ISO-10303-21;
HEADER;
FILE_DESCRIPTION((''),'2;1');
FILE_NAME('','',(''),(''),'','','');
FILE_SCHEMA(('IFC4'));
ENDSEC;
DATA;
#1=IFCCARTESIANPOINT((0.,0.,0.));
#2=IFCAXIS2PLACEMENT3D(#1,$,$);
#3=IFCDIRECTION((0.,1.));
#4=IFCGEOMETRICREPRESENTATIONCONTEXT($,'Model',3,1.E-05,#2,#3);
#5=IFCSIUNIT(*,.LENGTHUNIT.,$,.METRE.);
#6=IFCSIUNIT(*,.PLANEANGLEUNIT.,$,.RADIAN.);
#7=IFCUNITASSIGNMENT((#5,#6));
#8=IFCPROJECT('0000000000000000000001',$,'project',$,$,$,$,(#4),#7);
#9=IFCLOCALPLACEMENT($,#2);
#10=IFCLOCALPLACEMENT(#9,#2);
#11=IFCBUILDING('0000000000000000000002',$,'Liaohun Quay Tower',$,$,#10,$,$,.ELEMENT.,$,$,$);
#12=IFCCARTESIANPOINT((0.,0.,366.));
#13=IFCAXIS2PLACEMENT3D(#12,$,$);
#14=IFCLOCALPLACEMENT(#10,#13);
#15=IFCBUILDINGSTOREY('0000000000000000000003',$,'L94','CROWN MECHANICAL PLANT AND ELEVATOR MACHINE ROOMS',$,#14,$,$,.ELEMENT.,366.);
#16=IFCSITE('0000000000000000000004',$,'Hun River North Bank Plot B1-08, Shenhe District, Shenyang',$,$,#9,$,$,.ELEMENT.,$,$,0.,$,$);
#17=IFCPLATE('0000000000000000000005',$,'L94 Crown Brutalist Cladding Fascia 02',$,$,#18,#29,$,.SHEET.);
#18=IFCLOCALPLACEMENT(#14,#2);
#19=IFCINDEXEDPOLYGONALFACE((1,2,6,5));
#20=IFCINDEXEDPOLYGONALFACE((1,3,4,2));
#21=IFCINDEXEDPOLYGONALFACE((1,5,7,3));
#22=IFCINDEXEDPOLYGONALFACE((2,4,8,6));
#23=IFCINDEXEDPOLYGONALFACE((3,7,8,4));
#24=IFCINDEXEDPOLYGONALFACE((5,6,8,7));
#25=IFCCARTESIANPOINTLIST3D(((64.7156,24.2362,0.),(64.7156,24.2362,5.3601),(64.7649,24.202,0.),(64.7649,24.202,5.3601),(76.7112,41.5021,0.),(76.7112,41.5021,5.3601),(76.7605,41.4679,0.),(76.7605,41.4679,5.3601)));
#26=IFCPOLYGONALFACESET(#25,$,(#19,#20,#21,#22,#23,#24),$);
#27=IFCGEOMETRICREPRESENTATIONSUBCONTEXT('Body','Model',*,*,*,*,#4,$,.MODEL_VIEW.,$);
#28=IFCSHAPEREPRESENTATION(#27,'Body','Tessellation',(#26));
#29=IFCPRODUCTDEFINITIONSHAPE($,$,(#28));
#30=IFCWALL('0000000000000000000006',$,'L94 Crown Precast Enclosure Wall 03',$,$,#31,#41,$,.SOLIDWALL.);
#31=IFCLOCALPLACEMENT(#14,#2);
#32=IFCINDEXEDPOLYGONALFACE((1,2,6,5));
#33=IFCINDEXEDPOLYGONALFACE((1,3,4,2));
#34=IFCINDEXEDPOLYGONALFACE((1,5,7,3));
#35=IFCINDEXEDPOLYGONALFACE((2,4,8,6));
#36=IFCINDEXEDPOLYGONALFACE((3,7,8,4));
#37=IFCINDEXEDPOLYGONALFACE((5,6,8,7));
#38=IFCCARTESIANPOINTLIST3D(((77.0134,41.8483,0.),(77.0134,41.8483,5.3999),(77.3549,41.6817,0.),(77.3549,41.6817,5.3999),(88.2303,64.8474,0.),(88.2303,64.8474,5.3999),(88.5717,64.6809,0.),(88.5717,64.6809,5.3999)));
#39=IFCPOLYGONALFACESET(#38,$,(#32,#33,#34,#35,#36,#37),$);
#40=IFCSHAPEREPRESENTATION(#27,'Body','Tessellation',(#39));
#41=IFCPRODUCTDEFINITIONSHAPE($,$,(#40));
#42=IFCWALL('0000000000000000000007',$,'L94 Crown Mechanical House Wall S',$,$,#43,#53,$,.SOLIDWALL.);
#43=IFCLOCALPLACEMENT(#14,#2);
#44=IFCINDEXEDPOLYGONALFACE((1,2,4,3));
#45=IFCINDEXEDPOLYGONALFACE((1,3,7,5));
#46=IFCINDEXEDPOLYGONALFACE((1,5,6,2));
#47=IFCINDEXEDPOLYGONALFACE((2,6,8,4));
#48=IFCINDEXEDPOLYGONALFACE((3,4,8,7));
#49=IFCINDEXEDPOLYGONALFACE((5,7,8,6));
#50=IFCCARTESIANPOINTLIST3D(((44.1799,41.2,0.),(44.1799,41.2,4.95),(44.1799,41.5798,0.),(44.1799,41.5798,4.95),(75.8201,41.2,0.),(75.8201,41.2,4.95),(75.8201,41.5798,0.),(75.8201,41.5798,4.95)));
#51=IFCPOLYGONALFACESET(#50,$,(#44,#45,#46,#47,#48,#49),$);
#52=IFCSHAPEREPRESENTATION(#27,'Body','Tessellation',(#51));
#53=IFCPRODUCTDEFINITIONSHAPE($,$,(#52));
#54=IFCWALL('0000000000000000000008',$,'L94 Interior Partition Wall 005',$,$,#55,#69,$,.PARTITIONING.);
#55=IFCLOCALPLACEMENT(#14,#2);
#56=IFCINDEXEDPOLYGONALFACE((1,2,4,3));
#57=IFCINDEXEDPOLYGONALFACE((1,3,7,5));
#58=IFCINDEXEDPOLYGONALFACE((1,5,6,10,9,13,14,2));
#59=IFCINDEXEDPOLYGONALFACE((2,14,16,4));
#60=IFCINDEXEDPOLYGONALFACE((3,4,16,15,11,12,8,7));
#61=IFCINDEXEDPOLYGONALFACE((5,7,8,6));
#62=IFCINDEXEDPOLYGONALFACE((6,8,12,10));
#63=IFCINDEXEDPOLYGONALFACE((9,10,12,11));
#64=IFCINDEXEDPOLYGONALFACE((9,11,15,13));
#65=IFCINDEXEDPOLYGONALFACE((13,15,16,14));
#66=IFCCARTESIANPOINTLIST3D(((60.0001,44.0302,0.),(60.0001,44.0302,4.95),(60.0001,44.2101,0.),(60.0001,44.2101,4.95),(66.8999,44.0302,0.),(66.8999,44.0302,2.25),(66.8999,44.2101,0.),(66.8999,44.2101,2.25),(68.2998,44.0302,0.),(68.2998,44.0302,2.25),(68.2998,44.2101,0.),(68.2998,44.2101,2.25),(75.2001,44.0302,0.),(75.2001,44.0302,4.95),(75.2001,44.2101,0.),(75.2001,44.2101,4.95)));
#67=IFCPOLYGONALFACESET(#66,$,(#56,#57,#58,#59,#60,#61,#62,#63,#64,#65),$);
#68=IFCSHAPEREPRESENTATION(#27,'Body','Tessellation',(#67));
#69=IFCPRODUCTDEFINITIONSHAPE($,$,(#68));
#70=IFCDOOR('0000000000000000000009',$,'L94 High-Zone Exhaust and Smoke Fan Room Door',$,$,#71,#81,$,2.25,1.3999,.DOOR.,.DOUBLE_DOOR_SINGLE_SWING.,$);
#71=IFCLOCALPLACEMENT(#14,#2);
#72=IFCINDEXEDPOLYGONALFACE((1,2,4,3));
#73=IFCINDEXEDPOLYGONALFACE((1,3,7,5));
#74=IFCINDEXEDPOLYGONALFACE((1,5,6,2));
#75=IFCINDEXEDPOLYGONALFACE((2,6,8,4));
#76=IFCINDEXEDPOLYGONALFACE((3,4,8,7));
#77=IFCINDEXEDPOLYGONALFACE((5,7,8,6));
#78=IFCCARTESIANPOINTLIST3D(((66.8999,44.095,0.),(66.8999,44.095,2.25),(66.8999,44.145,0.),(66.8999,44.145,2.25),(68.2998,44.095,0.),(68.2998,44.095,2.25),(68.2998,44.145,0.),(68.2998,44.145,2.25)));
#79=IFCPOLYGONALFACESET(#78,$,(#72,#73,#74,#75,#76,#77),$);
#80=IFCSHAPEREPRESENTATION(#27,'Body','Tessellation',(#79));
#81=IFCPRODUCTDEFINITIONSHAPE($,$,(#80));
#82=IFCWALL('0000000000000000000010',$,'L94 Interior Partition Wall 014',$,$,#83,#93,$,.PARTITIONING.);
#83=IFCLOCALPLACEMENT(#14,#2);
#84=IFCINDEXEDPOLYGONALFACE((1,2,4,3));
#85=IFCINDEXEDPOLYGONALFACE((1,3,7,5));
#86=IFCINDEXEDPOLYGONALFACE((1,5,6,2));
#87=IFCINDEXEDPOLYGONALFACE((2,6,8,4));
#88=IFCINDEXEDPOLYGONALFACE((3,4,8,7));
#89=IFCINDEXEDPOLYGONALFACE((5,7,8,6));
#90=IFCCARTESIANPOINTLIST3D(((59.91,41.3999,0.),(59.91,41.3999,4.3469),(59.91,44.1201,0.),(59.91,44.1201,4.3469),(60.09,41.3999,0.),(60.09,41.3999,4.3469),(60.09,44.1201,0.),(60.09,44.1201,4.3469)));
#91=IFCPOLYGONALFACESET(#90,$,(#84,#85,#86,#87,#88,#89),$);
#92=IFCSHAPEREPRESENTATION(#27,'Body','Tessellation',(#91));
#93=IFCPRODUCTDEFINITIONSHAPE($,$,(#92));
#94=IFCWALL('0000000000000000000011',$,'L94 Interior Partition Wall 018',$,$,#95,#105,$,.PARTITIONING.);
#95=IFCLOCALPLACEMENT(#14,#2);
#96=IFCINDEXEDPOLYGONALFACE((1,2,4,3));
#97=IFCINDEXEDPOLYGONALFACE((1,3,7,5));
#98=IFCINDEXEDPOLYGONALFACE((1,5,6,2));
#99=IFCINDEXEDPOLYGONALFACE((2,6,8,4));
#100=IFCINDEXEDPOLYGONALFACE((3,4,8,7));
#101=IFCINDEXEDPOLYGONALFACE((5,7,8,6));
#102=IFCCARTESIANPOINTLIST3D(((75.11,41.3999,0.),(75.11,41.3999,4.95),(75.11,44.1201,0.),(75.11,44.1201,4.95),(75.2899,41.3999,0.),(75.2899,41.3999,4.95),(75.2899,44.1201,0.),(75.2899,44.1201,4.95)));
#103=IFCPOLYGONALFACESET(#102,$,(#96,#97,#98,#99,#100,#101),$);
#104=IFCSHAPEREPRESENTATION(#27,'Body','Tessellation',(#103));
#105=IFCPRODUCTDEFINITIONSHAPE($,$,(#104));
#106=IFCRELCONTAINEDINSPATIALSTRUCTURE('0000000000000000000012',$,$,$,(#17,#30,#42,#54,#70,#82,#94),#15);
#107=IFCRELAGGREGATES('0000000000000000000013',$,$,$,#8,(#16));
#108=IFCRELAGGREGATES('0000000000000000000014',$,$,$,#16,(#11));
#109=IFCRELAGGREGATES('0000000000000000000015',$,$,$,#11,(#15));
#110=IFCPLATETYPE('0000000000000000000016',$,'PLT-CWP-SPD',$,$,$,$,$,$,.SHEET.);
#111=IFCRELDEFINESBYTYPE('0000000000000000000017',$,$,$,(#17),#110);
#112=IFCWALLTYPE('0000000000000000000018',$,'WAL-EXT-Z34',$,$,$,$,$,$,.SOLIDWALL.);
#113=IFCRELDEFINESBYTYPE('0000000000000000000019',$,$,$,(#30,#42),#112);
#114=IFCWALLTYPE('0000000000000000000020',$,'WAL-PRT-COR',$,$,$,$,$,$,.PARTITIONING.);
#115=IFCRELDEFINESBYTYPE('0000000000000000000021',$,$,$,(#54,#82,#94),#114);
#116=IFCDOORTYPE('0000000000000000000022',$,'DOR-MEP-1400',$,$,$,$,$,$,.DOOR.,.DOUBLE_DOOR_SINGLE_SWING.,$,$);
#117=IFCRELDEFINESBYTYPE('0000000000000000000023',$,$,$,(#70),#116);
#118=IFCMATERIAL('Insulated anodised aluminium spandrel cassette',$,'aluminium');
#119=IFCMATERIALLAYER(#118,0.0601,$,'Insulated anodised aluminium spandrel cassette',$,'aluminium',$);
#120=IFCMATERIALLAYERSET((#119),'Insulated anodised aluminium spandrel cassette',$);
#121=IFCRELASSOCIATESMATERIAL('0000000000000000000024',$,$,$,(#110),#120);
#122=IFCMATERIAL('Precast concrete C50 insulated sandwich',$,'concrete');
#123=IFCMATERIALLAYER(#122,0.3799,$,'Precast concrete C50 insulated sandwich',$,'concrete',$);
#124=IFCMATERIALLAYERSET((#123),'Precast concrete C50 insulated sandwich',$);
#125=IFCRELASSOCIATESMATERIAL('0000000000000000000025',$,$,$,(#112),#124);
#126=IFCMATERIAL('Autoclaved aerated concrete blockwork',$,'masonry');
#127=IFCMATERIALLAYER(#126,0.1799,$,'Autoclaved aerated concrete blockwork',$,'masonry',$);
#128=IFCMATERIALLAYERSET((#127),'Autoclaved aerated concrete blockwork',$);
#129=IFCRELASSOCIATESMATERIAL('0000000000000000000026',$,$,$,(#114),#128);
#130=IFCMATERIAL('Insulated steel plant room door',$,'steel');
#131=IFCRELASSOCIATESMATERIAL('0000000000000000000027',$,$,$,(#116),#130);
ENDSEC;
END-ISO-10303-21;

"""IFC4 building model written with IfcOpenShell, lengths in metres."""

from ifc_helpers import new_model, si_unit, direction, frame, frame_2d, origin, origin_2d, place, context, subcontext, project, spatial, rectangle, extrude, source, transform, mapped, material, layer, layer_set, type_object, element, fill, save


model = new_model("IFC4")

# Units and contexts
model_context = context("Model", 3, precision=1e-05, world=origin(), true_north=direction((0.0, 1.0)))
body_context = subcontext(model_context, "Body", "Model", "MODEL_VIEW")
ifc_project = project(units=[si_unit("LENGTHUNIT", "METRE"), si_unit("PLANEANGLEUNIT", "RADIAN")], contexts=[model_context])

# Site, building, storey
site_placement = place(None, origin())
site = spatial("IfcSite", under=ifc_project, at=site_placement, Name="Hun River North Bank Plot B1-08, Shenhe District, Shenyang", CompositionType="ELEMENT", RefElevation=0.0)
building_placement = place(site_placement, origin())
building = spatial("IfcBuilding", under=site, at=building_placement, Name="Liaohun Quay Tower", CompositionType="ELEMENT")
storey_placement = place(building_placement, frame((0.0, 0.0, 366.0)))
storey = spatial("IfcBuildingStorey", under=building, at=storey_placement, Name="L94", Description="CROWN MECHANICAL PLANT AND ELEVATOR MACHINE ROOMS", CompositionType="ELEMENT", Elevation=366.0)

# Plate
ifc_material_1 = material(Name="Insulated anodised aluminium spandrel cassette", Category="aluminium")
ifc_layer_1 = layer(ifc_material_1, 0.0601, Name="Insulated anodised aluminium spandrel cassette", Category="aluminium")
ifc_layer_set_1 = layer_set([ifc_layer_1], Name="Insulated anodised aluminium spandrel cassette")
plate_type_1 = type_object("IfcPlateType", Name="PLT-CWP-SPD", PredefinedType="SHEET", material=ifc_layer_set_1)
shared_shape_1 = source(origin(), body_context, "Body", "SweptSolid", [
    extrude(rectangle(XDim=21.0239, YDim=0.0601, at=origin_2d()), origin(), (0.0, 0.0, 1.0), 5.3601),
])
plate_1_placement = place(storey_placement, frame((70.738, 32.8521, 0.0), z_axis=(0.0, 0.0, 1.0), x_axis=(0.57057, 0.821249, 0.0)))
element("IfcPlate", 1, at=plate_1_placement, inside=storey, type_object=plate_type_1, Name="L94 Crown Brutalist Cladding Fascia 02", PredefinedType="SHEET", context=body_context, shape_type="MappedRepresentation", body=[
    mapped(shared_shape_1, transform((0.0, 0.0, 0.0), x_axis=(1.0, 0.0, 0.0), y_axis=(0.0, 1.0, 0.0), z_axis=(0.0, 0.0, 1.0), scale=1.0)),
])

# Walls
ifc_material_2 = material(Name="Precast concrete C50 insulated sandwich", Category="concrete")
ifc_layer_2 = layer(ifc_material_2, 0.3799, Name="Precast concrete C50 insulated sandwich", Category="concrete")
ifc_layer_set_2 = layer_set([ifc_layer_2], Name="Precast concrete C50 insulated sandwich")
wall_type_1 = type_object("IfcWallType", Name="WAL-EXT-Z34", PredefinedType="SOLIDWALL", material=ifc_layer_set_2)
wall_1_placement = place(storey_placement, frame((77.1841, 41.7649, 0.0), z_axis=(0.0, 0.0, 1.0), x_axis=(0.438353, 0.898803, 0.0)))
element("IfcWall", 2, at=wall_1_placement, inside=storey, type_object=wall_type_1, Name="L94 Crown Precast Enclosure Wall 03", PredefinedType="SOLIDWALL", context=body_context, shape_type="SweptSolid", body=[
    extrude(rectangle(XDim=25.5886, YDim=0.3799, at=frame_2d((12.7944, 0.0))), origin(), (0.0, 0.0, 1.0), 5.3999),
])
wall_2_placement = place(storey_placement, frame((75.8201, 41.3899, 0.0), z_axis=(0.0, 0.0, 1.0), x_axis=(-1.0, 0.0, 0.0)))
element("IfcWall", 3, at=wall_2_placement, inside=storey, type_object=wall_type_1, Name="L94 Crown Mechanical House Wall S", PredefinedType="SOLIDWALL", context=body_context, shape_type="SweptSolid", body=[
    extrude(rectangle(XDim=31.6401, YDim=0.3799, at=frame_2d((15.8201, 0.0))), origin(), (0.0, 0.0, 1.0), 4.95),
])

# Wall, opening, door
ifc_material_3 = material(Name="Autoclaved aerated concrete blockwork", Category="masonry")
ifc_layer_3 = layer(ifc_material_3, 0.1799, Name="Autoclaved aerated concrete blockwork", Category="masonry")
ifc_layer_set_3 = layer_set([ifc_layer_3], Name="Autoclaved aerated concrete blockwork")
wall_type_2 = type_object("IfcWallType", Name="WAL-PRT-COR", PredefinedType="PARTITIONING", material=ifc_layer_set_3)
wall_3_placement = place(storey_placement, frame((60.0, 44.1201, 0.0), z_axis=(0.0, 0.0, 1.0), x_axis=(1.0, 0.0, 0.0)))
wall_3 = element("IfcWall", 4, at=wall_3_placement, inside=storey, type_object=wall_type_2, Name="L94 Interior Partition Wall 005", PredefinedType="PARTITIONING", context=body_context, shape_type="SweptSolid", body=[
    extrude(rectangle(XDim=15.2, YDim=0.1799, at=frame_2d((7.6001, 0.0))), origin(), (0.0, 0.0, 1.0), 4.95),
])
shared_shape_2 = source(origin(), body_context, "Body", "SweptSolid", [
    extrude(rectangle(XDim=1.3999, YDim=2.25, at=frame_2d((0.7, 1.125))), frame((0.0, 0.0999, 0.0), z_axis=(0.0, -1.0, 0.0), x_axis=(1.0, 0.0, 0.0)), (0.0, 0.0, 1.0), 0.2),
])
opening_placement = place(wall_3_placement, frame((6.8999, 0.0, 0.0)))
opening = element("IfcOpeningElement", 5, at=opening_placement, cuts=wall_3, PredefinedType="OPENING", context=body_context, shape_type="MappedRepresentation", body=[
    mapped(shared_shape_2, transform((0.0, 0.0, 0.0), x_axis=(1.0, 0.0, 0.0), y_axis=(0.0, 1.0, 0.0), z_axis=(0.0, 0.0, 1.0), scale=1.0)),
])
ifc_material_4 = material(Name="Insulated steel plant room door", Category="steel")
door_type = type_object("IfcDoorType", Name="DOR-MEP-1400", OperationType="DOUBLE_DOOR_SINGLE_SWING", PredefinedType="DOOR", material=ifc_material_4)
shared_shape_3 = source(origin(), body_context, "Body", "SweptSolid", [
    extrude(rectangle(XDim=1.3999, YDim=2.25, at=frame_2d((0.7, 1.125))), frame((0.0, 0.0249, 0.0), z_axis=(0.0, -1.0, 0.0), x_axis=(1.0, 0.0, 0.0)), (0.0, 0.0, 1.0), 0.05),
])
door_placement = place(opening_placement, origin())
door = element("IfcDoor", 6, at=door_placement, inside=storey, type_object=door_type, Name="L94 High-Zone Exhaust and Smoke Fan Room Door", OperationType="DOUBLE_DOOR_SINGLE_SWING", OverallHeight=2.25, OverallWidth=1.3999, PredefinedType="DOOR", context=body_context, shape_type="MappedRepresentation", body=[
    mapped(shared_shape_3, transform((0.0, 0.0, 0.0), x_axis=(1.0, 0.0, 0.0), y_axis=(0.0, 1.0, 0.0), z_axis=(0.0, 0.0, 1.0), scale=1.0)),
])
fill(opening, door)

# Walls
wall_4_placement = place(storey_placement, frame((60.0, 41.3999, 0.0), z_axis=(0.0, 0.0, 1.0), x_axis=(0.0, 1.0, 0.0)))
element("IfcWall", 7, at=wall_4_placement, inside=storey, type_object=wall_type_2, Name="L94 Interior Partition Wall 014", PredefinedType="PARTITIONING", context=body_context, shape_type="SweptSolid", body=[
    extrude(rectangle(XDim=2.7202, YDim=0.1799, at=frame_2d((1.3601, 0.0))), origin(), (0.0, 0.0, 1.0), 4.3469),
])
wall_5_placement = place(storey_placement, frame((75.2, 41.3999, 0.0), z_axis=(0.0, 0.0, 1.0), x_axis=(0.0, 1.0, 0.0)))
element("IfcWall", 8, at=wall_5_placement, inside=storey, type_object=wall_type_2, Name="L94 Interior Partition Wall 018", PredefinedType="PARTITIONING", context=body_context, shape_type="SweptSolid", body=[
    extrude(rectangle(XDim=2.7202, YDim=0.1799, at=frame_2d((1.3601, 0.0))), origin(), (0.0, 0.0, 1.0), 4.95),
])

save(model, "model.ifc")
